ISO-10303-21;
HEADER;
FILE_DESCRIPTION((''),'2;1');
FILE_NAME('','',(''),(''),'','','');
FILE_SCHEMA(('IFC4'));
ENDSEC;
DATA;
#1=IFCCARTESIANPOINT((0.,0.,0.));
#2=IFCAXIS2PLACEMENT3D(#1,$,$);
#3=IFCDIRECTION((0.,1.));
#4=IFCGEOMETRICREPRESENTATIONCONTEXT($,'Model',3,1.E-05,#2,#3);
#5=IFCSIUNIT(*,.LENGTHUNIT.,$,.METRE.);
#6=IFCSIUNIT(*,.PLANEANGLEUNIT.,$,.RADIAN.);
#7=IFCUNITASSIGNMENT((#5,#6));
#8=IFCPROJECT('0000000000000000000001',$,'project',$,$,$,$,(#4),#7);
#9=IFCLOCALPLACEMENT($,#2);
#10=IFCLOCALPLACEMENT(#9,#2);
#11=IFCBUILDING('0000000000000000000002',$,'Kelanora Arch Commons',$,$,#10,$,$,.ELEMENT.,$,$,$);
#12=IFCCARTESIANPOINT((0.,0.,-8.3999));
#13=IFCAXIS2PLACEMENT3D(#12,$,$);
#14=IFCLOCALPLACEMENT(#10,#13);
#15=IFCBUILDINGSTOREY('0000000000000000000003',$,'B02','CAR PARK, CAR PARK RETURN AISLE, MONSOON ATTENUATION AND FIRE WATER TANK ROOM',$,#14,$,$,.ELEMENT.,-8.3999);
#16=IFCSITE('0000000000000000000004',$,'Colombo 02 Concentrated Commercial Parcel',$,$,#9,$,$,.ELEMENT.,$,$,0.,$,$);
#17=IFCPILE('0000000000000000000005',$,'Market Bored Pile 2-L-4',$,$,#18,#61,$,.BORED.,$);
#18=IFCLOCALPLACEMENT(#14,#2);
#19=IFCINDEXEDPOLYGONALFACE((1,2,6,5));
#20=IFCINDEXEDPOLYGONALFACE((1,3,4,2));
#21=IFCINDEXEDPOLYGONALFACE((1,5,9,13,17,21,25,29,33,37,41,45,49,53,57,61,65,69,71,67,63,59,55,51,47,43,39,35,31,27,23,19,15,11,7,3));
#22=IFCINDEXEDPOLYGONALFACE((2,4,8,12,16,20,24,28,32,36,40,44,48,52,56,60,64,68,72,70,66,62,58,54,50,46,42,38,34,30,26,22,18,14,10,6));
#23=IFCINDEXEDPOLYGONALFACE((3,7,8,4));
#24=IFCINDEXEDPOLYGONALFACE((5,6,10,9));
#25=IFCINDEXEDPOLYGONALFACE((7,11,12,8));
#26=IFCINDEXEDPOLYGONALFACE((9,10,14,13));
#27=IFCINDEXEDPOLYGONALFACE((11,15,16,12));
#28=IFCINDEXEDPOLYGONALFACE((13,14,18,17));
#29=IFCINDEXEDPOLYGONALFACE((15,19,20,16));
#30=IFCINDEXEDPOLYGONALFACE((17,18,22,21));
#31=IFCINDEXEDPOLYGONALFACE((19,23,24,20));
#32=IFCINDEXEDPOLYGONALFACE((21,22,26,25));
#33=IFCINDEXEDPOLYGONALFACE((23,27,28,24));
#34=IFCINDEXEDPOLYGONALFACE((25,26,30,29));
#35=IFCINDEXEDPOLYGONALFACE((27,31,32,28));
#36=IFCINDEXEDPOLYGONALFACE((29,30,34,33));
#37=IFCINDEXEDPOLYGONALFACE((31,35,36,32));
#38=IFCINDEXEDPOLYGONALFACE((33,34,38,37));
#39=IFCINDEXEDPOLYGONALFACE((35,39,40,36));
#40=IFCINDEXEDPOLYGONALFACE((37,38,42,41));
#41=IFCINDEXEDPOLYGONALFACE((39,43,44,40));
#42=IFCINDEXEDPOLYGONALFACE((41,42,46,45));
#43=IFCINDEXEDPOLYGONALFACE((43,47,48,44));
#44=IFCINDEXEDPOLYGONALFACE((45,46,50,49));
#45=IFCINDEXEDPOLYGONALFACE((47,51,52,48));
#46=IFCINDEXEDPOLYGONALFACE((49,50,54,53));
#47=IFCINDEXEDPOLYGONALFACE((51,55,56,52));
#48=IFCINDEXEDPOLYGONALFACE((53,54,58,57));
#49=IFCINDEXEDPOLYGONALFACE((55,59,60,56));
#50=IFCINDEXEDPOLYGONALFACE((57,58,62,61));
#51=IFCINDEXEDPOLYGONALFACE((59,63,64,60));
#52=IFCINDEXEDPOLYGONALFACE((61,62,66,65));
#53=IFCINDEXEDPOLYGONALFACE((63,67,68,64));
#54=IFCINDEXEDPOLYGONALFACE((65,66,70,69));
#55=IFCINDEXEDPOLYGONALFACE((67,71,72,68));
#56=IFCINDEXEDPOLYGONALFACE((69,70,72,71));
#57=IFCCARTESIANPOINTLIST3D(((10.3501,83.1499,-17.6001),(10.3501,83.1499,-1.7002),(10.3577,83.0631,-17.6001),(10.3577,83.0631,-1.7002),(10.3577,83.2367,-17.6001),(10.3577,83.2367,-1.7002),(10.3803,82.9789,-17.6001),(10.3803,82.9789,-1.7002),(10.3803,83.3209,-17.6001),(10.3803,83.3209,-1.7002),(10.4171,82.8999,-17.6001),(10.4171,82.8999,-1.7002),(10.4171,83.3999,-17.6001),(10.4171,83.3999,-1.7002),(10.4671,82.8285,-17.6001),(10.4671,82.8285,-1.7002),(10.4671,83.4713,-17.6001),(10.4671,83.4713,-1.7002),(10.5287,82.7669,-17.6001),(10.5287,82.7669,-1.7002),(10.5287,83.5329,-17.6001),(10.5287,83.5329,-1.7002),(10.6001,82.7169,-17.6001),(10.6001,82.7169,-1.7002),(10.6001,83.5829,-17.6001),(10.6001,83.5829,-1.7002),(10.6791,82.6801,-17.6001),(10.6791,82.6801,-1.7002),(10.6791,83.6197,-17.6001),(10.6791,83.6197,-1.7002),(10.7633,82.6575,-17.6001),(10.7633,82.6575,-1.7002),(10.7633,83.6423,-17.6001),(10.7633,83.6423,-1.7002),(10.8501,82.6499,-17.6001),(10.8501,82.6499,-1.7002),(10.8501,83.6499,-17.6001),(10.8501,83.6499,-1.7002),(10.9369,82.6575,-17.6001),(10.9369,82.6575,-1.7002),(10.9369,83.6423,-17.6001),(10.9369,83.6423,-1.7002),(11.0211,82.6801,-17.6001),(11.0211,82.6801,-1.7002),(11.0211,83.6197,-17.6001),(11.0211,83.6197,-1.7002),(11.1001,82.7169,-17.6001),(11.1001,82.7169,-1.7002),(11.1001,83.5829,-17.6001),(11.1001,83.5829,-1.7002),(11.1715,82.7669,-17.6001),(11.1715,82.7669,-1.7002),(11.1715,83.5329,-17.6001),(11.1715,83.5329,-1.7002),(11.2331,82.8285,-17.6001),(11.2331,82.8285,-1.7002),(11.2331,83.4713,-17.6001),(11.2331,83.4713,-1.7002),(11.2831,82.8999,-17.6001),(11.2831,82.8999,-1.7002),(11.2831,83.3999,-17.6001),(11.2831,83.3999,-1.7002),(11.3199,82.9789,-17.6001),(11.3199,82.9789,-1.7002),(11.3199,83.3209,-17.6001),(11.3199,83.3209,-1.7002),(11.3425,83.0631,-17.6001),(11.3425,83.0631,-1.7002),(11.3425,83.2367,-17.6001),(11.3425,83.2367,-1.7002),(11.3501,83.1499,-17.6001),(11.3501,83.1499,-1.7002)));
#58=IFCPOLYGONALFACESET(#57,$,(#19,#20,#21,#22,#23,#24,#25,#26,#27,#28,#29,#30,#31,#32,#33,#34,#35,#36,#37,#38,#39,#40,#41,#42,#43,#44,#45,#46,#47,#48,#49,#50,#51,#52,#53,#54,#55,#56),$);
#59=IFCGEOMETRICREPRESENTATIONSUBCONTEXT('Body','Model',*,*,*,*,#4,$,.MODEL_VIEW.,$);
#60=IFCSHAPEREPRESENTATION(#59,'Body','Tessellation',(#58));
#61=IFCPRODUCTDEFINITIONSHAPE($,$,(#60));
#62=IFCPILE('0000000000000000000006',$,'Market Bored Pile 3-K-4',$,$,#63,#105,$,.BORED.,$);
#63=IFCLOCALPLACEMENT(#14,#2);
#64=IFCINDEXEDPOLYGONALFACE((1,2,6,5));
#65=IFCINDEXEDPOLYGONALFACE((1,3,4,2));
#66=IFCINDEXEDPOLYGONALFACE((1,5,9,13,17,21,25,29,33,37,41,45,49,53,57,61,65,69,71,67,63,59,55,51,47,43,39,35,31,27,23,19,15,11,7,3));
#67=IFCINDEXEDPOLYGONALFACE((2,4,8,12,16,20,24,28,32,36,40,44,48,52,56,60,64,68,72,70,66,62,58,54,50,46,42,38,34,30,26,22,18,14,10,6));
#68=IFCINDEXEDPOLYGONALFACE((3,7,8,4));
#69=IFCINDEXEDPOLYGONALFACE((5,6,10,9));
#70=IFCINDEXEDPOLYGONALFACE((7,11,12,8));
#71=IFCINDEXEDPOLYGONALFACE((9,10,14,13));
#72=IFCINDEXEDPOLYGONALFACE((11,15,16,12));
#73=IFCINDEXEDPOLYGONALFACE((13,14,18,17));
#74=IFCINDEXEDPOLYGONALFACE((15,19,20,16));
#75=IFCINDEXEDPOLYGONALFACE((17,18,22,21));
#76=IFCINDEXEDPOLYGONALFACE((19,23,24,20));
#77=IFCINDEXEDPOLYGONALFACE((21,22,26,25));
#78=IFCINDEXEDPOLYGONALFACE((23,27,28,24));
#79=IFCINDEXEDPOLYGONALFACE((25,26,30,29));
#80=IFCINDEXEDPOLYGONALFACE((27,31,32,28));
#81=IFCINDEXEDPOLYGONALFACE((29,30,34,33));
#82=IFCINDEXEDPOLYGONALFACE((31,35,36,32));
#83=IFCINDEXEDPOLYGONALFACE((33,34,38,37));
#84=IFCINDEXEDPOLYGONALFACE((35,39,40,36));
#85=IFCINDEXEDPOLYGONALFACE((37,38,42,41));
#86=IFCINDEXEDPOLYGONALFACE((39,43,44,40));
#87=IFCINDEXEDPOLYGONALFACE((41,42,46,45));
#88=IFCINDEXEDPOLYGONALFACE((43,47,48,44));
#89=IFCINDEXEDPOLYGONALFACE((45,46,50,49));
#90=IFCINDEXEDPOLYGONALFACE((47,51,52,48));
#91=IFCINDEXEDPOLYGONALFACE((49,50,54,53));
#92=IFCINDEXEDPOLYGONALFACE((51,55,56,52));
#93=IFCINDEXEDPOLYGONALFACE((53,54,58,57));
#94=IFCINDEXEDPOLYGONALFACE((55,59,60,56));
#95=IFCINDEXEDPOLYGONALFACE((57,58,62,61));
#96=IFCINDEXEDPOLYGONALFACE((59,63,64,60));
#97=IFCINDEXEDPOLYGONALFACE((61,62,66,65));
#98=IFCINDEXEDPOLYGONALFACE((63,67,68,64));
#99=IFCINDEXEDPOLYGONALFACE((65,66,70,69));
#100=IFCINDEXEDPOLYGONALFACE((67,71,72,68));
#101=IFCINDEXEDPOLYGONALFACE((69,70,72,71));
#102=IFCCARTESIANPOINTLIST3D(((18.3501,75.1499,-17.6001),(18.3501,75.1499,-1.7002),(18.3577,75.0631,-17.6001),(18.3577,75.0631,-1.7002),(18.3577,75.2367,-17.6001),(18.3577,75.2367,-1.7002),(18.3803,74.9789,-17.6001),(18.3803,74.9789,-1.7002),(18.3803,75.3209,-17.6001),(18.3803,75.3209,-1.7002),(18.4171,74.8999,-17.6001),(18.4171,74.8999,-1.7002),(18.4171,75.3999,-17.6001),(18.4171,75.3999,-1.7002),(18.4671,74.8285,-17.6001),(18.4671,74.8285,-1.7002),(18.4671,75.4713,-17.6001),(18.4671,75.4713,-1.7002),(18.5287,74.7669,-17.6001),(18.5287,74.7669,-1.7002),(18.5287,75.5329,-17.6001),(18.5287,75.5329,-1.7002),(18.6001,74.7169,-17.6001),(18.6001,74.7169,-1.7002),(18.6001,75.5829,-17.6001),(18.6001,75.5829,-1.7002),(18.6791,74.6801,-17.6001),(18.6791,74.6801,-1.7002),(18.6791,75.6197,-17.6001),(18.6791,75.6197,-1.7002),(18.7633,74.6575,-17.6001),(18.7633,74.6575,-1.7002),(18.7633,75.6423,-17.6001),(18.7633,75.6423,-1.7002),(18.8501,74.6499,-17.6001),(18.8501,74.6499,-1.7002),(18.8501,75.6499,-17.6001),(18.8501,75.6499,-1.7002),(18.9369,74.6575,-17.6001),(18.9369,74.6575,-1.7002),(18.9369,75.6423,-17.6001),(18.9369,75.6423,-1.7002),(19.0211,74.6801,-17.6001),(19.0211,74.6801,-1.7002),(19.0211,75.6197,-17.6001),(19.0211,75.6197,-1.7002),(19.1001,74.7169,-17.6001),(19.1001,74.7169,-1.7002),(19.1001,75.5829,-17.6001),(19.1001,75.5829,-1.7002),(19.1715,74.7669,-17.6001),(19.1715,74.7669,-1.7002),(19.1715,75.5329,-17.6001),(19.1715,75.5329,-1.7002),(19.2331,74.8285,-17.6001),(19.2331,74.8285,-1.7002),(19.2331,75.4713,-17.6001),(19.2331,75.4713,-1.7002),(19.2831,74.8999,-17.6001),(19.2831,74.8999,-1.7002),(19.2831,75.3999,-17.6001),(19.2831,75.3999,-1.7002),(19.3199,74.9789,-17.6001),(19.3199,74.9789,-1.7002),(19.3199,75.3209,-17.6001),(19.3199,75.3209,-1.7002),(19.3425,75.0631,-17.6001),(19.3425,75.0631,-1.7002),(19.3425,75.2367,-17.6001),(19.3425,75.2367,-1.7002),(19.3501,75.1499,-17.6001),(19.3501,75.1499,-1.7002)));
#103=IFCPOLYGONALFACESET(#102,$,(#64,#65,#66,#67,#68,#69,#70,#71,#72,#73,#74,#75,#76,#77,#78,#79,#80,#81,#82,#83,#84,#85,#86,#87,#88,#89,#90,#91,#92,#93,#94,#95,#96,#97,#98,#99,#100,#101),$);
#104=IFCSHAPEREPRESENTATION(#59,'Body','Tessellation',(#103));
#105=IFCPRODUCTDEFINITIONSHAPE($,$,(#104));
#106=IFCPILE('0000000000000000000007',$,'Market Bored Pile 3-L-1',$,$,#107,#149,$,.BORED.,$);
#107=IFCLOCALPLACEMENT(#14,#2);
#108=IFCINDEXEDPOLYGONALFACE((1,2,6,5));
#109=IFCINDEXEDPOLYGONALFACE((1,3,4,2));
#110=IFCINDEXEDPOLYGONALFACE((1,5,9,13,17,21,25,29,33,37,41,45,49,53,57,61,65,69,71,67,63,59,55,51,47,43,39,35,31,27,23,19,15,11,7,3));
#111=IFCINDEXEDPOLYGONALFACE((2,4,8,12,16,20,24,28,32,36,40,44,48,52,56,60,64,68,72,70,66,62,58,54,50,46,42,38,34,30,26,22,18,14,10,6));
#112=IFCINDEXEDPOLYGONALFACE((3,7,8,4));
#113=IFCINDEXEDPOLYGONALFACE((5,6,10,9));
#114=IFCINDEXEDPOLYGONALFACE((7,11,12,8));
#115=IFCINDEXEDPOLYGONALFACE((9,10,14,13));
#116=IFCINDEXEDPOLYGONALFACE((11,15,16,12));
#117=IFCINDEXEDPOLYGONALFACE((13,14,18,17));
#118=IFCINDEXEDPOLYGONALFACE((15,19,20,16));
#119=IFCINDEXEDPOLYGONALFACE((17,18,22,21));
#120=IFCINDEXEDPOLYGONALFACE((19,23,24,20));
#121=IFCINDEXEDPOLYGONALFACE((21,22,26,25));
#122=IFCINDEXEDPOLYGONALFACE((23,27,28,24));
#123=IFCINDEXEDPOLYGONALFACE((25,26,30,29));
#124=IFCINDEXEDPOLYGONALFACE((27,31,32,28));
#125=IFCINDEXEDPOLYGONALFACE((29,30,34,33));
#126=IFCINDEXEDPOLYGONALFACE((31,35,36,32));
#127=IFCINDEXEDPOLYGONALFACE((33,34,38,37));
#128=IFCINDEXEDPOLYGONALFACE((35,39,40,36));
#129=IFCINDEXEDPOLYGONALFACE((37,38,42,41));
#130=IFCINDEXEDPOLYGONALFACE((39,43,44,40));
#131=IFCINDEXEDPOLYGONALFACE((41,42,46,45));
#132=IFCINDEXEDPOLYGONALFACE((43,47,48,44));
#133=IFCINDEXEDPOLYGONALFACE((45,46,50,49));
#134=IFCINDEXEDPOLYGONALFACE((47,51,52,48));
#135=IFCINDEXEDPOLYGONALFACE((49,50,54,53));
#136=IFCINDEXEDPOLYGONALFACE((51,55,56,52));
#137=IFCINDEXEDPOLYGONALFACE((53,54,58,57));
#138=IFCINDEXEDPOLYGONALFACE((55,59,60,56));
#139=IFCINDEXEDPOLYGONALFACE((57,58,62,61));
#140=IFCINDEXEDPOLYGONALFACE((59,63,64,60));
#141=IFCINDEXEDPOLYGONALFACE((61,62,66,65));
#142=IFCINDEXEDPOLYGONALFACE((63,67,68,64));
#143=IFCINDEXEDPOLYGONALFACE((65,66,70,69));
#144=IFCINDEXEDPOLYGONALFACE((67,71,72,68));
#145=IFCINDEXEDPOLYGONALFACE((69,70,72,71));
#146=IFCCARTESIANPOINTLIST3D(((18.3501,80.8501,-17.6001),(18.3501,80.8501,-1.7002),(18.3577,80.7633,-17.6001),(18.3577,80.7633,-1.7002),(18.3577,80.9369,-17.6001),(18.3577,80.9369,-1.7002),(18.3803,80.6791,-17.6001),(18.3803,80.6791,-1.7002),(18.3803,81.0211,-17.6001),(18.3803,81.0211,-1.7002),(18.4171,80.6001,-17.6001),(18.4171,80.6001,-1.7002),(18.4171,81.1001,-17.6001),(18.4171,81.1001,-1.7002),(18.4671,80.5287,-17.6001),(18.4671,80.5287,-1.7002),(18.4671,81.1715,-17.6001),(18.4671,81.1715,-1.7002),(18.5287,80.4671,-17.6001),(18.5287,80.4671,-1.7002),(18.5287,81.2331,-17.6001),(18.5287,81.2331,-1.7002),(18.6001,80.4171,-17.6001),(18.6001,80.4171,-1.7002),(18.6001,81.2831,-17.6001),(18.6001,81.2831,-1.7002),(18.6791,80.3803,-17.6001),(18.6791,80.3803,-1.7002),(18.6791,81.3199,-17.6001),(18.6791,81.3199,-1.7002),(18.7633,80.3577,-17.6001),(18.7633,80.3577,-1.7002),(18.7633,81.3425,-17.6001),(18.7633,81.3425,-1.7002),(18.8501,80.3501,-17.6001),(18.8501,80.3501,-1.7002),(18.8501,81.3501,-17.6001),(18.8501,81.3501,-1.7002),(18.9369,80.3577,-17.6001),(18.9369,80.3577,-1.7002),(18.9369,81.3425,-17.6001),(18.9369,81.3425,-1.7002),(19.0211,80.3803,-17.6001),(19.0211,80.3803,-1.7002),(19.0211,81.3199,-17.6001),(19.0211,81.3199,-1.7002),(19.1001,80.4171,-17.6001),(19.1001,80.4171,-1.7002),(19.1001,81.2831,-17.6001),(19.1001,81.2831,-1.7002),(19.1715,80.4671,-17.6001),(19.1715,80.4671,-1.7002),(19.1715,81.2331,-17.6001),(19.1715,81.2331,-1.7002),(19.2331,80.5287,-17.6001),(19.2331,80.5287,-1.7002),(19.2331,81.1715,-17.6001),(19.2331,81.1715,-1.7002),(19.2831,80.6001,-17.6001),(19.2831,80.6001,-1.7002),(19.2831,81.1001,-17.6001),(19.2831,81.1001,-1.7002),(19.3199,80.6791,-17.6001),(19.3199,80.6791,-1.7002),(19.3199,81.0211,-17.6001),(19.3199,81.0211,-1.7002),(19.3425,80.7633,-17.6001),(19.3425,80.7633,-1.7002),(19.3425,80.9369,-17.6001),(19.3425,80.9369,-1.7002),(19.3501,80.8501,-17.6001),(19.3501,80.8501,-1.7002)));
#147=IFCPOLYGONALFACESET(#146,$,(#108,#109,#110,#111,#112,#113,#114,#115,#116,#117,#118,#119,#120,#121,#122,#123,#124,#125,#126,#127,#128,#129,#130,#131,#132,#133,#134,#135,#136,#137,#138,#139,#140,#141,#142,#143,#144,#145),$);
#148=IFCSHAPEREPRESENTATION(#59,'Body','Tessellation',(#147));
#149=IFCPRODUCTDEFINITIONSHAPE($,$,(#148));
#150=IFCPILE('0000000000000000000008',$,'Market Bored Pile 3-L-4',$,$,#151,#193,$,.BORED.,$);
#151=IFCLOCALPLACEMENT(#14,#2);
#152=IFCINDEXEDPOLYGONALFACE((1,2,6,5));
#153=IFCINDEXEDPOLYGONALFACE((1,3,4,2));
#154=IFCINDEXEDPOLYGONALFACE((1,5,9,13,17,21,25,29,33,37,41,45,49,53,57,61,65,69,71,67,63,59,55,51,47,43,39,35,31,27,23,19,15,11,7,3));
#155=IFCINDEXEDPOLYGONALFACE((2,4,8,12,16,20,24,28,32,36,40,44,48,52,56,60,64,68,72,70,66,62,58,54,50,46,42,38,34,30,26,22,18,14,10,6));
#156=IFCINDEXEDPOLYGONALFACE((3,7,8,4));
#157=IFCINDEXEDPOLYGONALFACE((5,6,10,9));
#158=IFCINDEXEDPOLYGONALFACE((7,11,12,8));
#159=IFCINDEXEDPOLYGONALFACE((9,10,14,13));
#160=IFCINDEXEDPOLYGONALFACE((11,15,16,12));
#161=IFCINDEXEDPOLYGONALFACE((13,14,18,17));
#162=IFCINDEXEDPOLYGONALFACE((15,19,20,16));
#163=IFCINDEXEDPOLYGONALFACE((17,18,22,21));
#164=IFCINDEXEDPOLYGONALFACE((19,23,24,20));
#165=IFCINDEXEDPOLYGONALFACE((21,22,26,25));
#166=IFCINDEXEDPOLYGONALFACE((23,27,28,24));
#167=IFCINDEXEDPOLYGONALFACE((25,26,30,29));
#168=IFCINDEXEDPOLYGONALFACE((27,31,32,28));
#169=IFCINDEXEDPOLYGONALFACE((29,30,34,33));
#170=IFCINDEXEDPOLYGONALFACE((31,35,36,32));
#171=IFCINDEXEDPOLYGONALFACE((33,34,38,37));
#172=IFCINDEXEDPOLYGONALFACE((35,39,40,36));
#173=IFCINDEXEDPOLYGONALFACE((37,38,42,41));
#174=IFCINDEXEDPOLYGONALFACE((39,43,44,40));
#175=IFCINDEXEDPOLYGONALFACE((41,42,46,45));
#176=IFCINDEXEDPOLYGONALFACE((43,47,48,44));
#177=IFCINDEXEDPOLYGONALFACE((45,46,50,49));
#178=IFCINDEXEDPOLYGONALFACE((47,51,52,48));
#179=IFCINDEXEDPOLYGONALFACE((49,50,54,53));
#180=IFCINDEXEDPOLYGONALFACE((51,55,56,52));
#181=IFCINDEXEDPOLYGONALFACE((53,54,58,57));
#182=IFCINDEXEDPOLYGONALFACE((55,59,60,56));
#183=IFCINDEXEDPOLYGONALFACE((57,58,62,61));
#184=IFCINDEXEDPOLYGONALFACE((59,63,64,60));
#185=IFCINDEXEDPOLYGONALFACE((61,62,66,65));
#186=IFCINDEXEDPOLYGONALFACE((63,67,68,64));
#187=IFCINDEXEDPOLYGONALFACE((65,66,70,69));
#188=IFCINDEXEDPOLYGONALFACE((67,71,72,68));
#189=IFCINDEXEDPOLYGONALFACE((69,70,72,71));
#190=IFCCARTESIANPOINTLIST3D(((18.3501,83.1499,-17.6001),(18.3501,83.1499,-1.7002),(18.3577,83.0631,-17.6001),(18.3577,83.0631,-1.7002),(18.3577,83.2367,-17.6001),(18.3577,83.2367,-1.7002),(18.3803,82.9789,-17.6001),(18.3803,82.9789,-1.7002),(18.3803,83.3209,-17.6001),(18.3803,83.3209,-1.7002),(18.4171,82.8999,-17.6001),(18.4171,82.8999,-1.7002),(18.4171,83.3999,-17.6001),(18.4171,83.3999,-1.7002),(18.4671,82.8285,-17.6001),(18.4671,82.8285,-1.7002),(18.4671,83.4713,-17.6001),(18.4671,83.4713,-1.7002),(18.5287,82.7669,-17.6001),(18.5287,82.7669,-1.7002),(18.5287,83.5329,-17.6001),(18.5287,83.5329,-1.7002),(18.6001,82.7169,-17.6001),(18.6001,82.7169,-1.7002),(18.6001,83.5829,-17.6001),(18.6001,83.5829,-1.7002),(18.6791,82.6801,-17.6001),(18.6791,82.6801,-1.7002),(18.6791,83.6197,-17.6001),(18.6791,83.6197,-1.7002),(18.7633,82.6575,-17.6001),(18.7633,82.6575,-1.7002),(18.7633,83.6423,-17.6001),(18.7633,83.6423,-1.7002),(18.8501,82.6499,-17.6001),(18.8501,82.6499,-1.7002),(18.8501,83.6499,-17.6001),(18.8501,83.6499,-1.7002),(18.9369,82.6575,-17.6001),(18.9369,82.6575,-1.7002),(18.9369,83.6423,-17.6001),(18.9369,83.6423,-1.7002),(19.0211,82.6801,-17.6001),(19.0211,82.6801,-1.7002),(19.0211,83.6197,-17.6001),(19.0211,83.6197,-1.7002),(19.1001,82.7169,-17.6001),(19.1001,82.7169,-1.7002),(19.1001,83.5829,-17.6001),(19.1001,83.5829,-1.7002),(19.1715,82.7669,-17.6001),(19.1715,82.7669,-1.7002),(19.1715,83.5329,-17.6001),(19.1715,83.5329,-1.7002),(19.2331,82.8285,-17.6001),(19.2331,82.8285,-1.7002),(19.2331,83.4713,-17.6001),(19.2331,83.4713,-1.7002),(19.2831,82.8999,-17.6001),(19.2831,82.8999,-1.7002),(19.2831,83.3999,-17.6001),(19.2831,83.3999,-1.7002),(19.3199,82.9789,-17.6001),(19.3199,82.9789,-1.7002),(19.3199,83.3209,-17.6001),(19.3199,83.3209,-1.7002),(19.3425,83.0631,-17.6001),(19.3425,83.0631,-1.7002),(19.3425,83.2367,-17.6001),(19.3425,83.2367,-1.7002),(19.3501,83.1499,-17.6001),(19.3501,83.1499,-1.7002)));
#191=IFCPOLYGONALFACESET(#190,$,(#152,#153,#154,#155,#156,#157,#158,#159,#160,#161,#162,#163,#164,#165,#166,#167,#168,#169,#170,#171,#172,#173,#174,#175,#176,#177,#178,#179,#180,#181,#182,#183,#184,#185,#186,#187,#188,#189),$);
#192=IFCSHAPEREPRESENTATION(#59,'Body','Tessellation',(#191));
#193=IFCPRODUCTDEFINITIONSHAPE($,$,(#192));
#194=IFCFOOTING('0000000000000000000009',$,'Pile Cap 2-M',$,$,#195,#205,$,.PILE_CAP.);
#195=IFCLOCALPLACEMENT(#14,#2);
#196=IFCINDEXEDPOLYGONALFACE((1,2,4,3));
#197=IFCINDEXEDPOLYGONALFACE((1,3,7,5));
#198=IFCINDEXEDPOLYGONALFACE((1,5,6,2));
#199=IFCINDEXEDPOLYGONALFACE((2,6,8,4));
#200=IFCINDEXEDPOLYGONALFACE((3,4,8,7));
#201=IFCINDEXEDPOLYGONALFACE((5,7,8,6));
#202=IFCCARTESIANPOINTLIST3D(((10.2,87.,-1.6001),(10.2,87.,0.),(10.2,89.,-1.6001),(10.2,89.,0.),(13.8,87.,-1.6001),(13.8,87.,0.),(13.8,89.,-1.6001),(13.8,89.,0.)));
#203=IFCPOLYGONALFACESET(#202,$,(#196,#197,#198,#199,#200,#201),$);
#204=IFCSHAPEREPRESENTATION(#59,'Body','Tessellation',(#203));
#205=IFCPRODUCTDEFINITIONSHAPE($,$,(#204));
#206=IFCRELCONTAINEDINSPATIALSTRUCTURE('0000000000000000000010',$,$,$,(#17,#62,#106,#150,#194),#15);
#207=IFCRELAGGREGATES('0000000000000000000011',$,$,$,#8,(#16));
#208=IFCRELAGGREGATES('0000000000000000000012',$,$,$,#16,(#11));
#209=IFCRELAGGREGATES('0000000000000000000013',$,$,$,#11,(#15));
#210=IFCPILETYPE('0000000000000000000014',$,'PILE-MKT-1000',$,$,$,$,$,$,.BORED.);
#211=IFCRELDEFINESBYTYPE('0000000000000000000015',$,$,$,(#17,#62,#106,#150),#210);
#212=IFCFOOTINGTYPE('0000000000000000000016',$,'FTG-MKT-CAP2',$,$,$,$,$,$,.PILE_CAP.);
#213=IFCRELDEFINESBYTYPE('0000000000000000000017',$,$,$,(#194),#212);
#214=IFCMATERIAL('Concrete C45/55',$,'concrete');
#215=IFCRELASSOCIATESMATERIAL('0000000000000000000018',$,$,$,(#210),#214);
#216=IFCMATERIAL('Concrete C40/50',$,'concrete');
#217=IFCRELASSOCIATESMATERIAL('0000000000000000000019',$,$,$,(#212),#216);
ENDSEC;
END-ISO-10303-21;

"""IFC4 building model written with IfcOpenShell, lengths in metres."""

from ifc_helpers import new_model, si_unit, direction, frame, origin, origin_2d, place, context, subcontext, project, spatial, rectangle, circle, extrude, source, transform, mapped, material, material_profile, profile_set, type_object, element, save


model = new_model("IFC4")

# Units and contexts
model_context = context("Model", 3, precision=1e-05, world=origin(), true_north=direction((0.0, 1.0)))
body_context = subcontext(model_context, "Body", "Model", "MODEL_VIEW")
ifc_project = project(units=[si_unit("LENGTHUNIT", "METRE"), si_unit("PLANEANGLEUNIT", "RADIAN")], contexts=[model_context])

# Site, building, storey
site_placement = place(None, origin())
site = spatial("IfcSite", under=ifc_project, at=site_placement, Name="Colombo 02 Concentrated Commercial Parcel", CompositionType="ELEMENT", RefElevation=0.0)
building_placement = place(site_placement, origin())
building = spatial("IfcBuilding", under=site, at=building_placement, Name="Kelanora Arch Commons", CompositionType="ELEMENT")
storey_placement = place(building_placement, frame((0.0, 0.0, -8.3999)))
storey = spatial("IfcBuildingStorey", under=building, at=storey_placement, Name="B02", Description="CAR PARK, CAR PARK RETURN AISLE, MONSOON ATTENUATION AND FIRE WATER TANK ROOM", CompositionType="ELEMENT", Elevation=-8.3999)

# Shared definitions
ifc_material_1 = material(Name="Concrete C40/50", Category="concrete")

# Piles
ifc_material_2 = material(Name="Concrete C45/55", Category="concrete")
ifc_material_profile_1 = material_profile(ifc_material_2, circle(Radius=0.5, at=origin_2d()), Name="PILE1000")
ifc_profile_set_1 = profile_set([ifc_material_profile_1], Name="Concrete C45/55")
pile_type = type_object("IfcPileType", Name="PILE-MKT-1000", PredefinedType="BORED", material=ifc_profile_set_1)
shared_shape_1 = source(origin(), body_context, "Body", "SweptSolid", [
    extrude(circle(Radius=0.5, at=origin_2d()), origin(), (0.0, 0.0, 1.0), 15.8999),
])
for number, where, z_axis, x_axis, name in (
    (1, (10.8501, 83.1499, -1.7002), (0.0, 0.0, -1.0), (1.0, 0.0, 0.0), "Market Bored Pile 2-L-4"),
    (2, (18.8501, 75.1499, -1.7002), (0.0, 0.0, -1.0), (1.0, 0.0, 0.0), "Market Bored Pile 3-K-4"),
    (3, (18.8501, 80.8501, -1.7002), (0.0, 0.0, -1.0), (1.0, 0.0, 0.0), "Market Bored Pile 3-L-1"),
    (4, (18.8501, 83.1499, -1.7002), (0.0, 0.0, -1.0), (1.0, 0.0, 0.0), "Market Bored Pile 3-L-4"),
):
    element("IfcPile", number, at=place(storey_placement, frame(where, z_axis=z_axis, x_axis=x_axis)), inside=storey, type_object=pile_type, Name=name, PredefinedType="BORED", context=body_context, shape_type="MappedRepresentation", body=[
        mapped(shared_shape_1, transform((0.0, 0.0, 0.0), scale=1.0)),
    ])

# Footing
footing_type_1 = type_object("IfcFootingType", Name="FTG-MKT-CAP2", PredefinedType="PILE_CAP", material=ifc_material_1)
shared_shape_2 = source(origin(), body_context, "Body", "SweptSolid", [
    extrude(rectangle(XDim=3.6001, YDim=2.0, at=origin_2d()), origin(), (0.0, 0.0, 1.0), 1.6001),
])
footing_1_placement = place(storey_placement, frame((12.0, 88.0, -1.6001), z_axis=(0.0, 0.0, 1.0), x_axis=(1.0, 0.0, 0.0)))
element("IfcFooting", 5, at=footing_1_placement, inside=storey, type_object=footing_type_1, Name="Pile Cap 2-M", PredefinedType="PILE_CAP", context=body_context, shape_type="MappedRepresentation", body=[
    mapped(shared_shape_2, transform((0.0, 0.0, 0.0), scale=1.0)),
])

save(model, "model.ifc")
